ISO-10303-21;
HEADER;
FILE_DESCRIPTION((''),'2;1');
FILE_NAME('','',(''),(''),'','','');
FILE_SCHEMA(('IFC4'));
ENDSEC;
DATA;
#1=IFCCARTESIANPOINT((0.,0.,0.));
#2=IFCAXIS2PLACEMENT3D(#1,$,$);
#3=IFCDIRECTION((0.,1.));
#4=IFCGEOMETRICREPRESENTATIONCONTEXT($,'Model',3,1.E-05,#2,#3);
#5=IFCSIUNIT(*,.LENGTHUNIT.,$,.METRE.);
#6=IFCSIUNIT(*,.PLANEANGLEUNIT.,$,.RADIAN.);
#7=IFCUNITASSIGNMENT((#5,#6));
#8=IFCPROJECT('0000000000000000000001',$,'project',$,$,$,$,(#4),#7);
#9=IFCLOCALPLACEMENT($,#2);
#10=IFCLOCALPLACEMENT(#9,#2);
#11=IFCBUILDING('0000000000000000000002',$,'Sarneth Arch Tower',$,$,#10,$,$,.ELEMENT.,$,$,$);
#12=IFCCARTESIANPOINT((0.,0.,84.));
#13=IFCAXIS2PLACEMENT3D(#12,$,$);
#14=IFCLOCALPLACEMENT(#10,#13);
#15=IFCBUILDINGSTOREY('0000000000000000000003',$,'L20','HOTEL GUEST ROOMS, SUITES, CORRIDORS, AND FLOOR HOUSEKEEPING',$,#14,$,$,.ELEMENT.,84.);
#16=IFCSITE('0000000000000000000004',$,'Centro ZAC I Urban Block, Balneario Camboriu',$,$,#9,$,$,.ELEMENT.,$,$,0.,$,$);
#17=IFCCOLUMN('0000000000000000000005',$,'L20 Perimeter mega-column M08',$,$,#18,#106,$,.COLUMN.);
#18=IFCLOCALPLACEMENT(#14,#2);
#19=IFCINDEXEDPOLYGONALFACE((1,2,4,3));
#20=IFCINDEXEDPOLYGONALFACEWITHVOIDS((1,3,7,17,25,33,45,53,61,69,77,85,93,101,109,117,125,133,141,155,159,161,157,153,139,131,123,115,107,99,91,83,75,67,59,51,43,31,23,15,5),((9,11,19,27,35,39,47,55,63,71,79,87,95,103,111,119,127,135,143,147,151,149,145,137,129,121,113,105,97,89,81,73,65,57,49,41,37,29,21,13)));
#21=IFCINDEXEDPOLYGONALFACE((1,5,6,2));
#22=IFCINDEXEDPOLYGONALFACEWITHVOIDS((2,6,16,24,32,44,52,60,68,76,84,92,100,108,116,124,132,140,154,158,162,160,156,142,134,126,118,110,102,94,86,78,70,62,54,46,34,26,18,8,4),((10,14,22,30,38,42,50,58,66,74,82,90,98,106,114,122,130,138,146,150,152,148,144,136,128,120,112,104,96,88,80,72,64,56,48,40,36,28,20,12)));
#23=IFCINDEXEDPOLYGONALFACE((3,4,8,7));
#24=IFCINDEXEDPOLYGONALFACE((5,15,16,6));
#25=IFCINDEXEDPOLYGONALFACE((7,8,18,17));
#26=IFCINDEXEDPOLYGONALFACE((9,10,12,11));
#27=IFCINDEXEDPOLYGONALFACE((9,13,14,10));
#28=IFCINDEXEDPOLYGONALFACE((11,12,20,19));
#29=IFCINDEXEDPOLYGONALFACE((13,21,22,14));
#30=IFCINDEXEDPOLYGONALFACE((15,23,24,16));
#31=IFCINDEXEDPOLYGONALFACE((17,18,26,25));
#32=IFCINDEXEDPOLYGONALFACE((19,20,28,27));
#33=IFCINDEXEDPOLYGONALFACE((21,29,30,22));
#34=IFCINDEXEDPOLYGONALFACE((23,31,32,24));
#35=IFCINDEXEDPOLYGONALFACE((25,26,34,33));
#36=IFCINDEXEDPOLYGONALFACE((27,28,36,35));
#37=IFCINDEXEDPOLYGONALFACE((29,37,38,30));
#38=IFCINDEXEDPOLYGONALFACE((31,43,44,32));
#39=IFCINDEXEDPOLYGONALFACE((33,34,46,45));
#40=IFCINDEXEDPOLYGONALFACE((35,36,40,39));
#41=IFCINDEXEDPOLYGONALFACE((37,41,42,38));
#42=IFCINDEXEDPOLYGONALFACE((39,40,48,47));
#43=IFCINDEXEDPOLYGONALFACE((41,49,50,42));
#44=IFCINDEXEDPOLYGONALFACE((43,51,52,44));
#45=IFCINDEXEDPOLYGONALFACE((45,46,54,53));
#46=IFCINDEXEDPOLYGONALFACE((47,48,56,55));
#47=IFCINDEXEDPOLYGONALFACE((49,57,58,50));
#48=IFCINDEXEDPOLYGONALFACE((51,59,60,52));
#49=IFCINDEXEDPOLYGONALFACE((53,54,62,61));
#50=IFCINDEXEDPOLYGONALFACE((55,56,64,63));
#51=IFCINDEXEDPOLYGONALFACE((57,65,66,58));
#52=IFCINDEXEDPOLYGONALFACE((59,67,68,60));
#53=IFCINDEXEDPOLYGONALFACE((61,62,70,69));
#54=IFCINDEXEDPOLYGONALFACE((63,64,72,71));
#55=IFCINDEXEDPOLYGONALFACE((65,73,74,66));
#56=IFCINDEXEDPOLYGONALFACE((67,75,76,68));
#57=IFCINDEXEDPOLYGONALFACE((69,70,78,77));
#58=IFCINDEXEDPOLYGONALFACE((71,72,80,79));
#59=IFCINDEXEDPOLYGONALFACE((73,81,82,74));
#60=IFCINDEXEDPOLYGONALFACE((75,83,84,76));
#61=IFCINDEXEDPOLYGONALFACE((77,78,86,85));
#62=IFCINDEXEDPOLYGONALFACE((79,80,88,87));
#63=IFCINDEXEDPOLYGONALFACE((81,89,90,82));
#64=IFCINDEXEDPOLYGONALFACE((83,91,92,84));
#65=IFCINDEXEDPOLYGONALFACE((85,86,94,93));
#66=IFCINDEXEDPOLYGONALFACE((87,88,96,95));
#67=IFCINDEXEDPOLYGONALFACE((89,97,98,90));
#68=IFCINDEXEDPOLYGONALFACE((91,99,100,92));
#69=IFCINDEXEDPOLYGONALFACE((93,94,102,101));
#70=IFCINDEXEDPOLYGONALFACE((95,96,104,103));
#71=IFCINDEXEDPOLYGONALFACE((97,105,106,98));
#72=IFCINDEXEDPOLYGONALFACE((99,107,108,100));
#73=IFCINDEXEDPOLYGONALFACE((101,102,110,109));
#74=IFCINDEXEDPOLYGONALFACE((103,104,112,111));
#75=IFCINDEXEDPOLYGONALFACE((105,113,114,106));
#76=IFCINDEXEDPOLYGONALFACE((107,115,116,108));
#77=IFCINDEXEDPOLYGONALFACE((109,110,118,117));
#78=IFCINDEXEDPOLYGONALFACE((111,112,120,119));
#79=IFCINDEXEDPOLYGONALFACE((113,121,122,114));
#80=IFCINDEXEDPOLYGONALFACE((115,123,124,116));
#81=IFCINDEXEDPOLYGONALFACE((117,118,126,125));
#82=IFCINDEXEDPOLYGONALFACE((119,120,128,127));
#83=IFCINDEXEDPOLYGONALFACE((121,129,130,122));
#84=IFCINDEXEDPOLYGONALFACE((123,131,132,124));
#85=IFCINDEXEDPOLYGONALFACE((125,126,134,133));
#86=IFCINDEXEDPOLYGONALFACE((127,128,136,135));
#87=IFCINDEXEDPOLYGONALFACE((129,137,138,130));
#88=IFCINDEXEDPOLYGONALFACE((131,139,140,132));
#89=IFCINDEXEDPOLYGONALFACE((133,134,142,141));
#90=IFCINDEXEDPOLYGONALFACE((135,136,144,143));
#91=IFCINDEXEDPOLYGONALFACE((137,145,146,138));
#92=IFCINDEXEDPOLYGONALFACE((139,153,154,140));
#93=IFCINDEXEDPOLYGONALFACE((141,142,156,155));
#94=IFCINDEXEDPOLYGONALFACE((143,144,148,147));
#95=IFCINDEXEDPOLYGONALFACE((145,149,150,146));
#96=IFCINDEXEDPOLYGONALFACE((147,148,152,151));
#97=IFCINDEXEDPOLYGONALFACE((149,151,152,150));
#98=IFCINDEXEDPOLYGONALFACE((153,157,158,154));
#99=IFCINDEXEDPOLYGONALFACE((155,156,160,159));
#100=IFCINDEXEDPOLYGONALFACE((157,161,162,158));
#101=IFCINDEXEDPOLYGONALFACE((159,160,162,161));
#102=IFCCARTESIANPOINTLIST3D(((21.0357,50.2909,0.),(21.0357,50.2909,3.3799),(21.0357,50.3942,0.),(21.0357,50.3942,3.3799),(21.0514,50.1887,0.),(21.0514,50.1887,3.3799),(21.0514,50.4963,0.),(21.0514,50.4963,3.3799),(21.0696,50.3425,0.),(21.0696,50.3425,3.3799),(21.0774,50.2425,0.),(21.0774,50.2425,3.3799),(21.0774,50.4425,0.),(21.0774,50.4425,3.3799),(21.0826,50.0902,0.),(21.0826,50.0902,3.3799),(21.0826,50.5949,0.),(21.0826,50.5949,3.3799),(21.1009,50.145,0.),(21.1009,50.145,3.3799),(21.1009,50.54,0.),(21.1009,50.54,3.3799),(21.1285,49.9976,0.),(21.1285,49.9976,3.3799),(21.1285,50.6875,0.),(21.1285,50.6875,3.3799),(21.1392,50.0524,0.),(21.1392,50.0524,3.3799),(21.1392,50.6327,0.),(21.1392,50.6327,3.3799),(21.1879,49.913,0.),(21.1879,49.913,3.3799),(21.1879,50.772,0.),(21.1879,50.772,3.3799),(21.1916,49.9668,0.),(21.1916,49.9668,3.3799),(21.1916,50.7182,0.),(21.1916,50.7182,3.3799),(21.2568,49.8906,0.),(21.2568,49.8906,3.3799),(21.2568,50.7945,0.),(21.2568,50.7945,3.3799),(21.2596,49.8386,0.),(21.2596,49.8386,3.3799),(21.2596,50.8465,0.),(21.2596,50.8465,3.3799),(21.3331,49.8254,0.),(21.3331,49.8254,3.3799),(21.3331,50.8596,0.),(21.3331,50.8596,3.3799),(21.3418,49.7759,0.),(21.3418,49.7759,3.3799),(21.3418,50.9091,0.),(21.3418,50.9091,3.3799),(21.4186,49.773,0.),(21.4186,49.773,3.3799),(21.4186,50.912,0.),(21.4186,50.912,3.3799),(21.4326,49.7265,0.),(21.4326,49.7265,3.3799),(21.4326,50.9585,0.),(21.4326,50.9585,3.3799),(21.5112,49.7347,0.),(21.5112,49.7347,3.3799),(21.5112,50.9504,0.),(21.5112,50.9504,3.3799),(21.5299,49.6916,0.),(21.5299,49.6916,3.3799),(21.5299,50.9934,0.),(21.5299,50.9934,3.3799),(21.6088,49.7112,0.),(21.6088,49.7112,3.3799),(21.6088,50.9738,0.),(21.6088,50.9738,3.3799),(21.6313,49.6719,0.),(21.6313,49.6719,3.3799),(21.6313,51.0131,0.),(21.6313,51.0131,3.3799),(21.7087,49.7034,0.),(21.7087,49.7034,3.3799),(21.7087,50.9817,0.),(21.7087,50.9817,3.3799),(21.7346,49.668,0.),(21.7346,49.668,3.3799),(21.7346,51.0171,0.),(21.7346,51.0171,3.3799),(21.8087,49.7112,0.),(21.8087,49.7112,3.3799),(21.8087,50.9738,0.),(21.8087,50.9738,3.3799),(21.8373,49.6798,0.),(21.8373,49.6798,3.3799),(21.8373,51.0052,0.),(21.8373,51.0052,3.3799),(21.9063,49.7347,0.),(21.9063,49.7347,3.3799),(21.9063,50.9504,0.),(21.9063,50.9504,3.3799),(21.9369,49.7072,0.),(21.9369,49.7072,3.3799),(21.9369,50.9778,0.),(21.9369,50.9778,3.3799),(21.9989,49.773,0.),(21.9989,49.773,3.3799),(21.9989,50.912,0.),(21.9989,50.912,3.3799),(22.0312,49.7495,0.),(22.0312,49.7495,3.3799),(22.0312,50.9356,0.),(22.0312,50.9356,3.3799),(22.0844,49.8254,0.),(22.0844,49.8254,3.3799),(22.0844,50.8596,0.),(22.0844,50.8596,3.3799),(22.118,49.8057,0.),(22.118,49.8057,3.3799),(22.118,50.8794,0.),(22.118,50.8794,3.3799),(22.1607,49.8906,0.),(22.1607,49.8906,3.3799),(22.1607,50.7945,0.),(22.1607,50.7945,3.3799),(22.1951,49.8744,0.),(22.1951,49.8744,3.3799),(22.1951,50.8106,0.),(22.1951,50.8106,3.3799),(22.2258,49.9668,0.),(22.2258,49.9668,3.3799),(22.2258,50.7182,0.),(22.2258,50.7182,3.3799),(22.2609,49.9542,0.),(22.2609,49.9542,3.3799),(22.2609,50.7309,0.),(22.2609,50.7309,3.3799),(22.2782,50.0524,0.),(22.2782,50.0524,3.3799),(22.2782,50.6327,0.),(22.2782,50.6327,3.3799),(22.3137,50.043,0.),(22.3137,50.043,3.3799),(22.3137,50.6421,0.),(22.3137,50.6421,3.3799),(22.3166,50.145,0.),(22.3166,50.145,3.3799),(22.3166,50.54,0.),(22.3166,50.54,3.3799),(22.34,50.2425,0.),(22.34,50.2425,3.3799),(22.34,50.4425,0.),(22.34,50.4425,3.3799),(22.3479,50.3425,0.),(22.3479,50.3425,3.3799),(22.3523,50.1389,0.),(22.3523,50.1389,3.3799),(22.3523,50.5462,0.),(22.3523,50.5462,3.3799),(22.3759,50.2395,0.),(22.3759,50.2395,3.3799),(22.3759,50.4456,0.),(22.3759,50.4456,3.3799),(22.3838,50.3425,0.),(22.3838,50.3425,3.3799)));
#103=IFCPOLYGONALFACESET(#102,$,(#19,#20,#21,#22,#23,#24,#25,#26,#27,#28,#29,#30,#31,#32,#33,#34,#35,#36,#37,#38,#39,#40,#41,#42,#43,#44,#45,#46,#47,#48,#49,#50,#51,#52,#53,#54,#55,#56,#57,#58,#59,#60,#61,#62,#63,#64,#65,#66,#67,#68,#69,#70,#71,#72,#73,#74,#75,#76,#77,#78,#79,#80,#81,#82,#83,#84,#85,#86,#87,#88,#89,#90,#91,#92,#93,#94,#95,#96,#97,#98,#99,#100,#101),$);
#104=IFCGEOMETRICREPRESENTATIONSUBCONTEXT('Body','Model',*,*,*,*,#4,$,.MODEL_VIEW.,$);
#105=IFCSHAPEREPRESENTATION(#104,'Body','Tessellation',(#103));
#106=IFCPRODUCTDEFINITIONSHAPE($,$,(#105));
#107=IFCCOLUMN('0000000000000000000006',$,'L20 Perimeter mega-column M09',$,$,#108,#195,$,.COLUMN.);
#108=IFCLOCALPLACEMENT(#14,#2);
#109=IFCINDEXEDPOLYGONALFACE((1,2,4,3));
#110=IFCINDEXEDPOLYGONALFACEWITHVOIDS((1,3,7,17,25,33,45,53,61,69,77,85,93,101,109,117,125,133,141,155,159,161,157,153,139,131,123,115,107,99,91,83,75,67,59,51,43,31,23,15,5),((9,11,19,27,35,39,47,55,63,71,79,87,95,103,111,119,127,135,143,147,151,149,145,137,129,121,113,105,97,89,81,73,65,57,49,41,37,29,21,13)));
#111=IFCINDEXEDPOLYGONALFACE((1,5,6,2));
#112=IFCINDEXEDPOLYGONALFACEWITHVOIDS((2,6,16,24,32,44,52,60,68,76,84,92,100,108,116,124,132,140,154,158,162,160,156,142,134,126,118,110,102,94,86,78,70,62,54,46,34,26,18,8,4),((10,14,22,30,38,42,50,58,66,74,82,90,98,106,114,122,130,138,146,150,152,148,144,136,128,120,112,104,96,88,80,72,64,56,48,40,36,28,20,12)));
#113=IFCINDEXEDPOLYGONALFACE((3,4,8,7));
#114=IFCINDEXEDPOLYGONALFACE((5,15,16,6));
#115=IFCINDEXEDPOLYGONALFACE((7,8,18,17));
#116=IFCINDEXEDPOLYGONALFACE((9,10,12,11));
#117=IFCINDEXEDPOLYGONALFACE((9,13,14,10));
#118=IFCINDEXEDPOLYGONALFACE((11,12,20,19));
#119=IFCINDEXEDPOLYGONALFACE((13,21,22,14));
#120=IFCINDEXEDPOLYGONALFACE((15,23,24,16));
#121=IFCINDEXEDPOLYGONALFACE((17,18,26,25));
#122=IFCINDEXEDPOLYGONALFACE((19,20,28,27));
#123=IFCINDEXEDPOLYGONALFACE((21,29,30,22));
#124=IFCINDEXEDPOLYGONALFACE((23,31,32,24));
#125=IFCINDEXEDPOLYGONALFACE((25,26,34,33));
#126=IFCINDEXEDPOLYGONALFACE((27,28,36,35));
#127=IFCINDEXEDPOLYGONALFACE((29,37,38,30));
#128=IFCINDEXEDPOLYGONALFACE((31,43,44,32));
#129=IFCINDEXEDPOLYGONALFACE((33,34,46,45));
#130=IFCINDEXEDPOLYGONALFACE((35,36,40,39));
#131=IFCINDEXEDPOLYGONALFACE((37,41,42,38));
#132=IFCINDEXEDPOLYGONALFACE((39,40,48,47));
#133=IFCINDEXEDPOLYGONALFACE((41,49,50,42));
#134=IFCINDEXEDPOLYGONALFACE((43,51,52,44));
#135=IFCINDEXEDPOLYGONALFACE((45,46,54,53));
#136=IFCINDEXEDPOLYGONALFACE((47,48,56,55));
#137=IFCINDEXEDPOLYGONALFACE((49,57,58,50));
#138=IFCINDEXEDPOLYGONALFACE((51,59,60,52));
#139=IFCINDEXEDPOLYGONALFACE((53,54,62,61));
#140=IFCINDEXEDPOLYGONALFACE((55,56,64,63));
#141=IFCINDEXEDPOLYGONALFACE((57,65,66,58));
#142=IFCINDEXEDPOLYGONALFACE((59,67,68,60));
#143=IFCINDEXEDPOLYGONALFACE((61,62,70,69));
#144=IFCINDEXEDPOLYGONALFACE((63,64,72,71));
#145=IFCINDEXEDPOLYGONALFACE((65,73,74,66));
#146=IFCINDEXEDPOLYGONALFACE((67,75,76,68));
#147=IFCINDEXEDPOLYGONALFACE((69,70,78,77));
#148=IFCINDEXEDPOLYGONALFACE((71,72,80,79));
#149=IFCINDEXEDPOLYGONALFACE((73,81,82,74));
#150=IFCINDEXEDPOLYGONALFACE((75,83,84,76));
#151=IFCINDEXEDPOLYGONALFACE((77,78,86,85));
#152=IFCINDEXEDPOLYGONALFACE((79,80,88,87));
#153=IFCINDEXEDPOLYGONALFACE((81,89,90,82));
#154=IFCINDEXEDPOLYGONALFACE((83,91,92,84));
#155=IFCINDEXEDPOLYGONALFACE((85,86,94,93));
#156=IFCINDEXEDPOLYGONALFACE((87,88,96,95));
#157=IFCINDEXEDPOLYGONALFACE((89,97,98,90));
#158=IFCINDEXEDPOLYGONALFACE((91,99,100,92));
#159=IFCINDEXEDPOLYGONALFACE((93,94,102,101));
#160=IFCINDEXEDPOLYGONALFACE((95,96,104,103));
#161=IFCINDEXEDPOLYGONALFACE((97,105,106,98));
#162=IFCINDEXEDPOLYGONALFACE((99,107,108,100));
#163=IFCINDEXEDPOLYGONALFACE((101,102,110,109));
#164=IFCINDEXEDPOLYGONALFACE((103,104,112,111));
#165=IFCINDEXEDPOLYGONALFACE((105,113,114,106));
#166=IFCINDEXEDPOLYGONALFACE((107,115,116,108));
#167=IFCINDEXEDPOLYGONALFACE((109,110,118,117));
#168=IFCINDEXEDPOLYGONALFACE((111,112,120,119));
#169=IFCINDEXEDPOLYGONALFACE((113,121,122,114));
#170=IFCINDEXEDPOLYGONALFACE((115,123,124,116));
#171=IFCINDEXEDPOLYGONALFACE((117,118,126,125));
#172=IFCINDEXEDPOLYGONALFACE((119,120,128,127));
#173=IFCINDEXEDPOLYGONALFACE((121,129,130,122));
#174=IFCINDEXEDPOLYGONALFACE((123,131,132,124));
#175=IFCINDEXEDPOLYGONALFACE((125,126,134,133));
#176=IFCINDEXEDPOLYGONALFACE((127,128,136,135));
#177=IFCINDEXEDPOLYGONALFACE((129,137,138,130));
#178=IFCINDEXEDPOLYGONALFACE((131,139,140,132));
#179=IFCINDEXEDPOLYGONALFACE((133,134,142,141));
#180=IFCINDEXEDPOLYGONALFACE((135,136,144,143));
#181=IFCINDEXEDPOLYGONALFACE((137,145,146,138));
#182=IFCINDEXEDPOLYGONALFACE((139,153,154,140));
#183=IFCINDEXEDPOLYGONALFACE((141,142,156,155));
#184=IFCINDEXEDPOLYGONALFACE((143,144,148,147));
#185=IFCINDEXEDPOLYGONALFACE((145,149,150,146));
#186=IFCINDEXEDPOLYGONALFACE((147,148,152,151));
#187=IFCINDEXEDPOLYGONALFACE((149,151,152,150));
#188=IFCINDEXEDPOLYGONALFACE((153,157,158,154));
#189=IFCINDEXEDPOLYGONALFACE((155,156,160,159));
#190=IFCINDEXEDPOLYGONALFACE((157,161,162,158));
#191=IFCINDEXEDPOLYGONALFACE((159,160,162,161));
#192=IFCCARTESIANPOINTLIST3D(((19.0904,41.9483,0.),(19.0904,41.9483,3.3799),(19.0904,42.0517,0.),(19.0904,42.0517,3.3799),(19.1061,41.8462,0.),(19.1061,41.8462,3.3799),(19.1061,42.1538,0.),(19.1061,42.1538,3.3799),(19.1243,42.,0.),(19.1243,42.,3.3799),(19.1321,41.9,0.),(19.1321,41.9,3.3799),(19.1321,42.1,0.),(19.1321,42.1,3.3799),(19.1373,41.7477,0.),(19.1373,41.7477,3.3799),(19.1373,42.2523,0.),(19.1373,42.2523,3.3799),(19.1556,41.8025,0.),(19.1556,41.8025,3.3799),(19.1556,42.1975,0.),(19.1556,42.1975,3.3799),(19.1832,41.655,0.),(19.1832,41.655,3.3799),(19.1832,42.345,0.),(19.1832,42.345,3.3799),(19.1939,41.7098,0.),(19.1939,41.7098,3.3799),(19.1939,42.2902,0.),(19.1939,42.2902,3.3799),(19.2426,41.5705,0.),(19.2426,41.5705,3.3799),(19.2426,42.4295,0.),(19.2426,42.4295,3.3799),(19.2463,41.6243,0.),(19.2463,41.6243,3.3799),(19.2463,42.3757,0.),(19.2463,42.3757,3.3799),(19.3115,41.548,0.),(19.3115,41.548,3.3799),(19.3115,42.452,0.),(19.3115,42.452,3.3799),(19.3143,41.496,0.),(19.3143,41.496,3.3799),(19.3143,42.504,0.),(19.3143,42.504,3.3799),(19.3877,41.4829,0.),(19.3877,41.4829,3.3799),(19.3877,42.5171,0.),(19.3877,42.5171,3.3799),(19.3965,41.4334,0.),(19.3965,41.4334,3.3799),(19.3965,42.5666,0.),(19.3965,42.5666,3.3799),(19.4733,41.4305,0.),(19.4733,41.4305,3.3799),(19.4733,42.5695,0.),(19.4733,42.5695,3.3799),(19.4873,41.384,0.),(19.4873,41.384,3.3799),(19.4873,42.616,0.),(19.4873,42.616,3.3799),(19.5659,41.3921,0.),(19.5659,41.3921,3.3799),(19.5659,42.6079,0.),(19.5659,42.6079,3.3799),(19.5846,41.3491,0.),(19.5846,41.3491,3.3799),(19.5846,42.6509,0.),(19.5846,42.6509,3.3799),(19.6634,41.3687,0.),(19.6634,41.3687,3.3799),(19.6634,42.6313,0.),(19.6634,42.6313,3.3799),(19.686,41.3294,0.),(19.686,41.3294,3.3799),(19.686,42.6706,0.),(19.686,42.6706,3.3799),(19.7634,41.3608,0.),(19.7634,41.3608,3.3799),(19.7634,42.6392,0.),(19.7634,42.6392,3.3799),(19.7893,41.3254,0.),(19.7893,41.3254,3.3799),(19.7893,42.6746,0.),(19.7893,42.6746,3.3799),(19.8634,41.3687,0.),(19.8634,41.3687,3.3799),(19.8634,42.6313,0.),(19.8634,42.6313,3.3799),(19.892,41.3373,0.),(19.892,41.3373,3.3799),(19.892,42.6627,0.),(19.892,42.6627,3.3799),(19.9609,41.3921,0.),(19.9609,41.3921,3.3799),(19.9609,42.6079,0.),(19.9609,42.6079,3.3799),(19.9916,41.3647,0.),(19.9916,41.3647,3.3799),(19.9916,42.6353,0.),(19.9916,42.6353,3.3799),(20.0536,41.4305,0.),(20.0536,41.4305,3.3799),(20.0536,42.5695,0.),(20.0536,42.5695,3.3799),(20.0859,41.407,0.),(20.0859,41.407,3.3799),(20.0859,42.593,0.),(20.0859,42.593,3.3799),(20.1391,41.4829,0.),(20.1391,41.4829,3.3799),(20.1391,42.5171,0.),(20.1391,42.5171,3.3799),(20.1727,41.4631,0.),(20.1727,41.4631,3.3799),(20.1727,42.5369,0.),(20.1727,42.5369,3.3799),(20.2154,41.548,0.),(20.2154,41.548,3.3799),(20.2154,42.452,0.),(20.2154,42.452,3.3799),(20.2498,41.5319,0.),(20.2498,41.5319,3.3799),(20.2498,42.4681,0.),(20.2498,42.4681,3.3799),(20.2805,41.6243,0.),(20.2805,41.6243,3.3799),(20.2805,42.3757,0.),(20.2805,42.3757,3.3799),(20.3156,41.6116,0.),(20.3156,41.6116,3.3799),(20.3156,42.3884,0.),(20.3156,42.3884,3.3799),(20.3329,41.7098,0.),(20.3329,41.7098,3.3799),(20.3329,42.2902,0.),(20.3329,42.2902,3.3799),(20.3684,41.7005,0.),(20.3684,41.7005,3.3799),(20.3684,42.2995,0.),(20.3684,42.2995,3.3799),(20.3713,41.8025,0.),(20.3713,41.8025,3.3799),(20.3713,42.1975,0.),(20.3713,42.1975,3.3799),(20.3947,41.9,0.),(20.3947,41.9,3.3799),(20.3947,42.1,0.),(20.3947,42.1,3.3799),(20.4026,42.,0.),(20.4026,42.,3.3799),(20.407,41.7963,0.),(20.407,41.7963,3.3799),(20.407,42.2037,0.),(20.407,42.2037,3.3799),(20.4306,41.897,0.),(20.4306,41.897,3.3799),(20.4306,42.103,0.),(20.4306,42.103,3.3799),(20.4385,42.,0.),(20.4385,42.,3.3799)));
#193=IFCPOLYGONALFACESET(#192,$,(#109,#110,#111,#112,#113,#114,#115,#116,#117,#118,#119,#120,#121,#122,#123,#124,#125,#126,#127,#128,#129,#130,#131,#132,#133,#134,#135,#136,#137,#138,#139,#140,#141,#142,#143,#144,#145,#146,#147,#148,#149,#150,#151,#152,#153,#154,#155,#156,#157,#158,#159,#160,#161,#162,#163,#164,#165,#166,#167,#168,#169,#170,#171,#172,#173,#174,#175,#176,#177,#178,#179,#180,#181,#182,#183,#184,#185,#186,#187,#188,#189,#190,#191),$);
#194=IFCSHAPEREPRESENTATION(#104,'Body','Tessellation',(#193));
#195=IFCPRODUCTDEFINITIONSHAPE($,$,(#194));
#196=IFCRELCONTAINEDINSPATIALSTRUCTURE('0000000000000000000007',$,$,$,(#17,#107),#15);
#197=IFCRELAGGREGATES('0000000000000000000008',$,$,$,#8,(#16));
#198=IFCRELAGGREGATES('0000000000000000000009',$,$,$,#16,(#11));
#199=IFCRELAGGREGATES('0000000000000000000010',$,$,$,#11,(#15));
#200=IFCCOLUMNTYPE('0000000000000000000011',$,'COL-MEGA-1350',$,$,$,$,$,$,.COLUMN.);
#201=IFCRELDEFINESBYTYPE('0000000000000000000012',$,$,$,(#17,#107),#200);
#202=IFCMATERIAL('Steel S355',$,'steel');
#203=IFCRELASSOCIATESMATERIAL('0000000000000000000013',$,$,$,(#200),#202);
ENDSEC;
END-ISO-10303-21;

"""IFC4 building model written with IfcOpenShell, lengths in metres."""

from ifc_helpers import new_model, si_unit, direction, frame, origin, origin_2d, place, context, subcontext, project, spatial, hollow_circle, extrude, material, material_profile, profile_set, type_object, element, save


model = new_model("IFC4")

# Units and contexts
model_context = context("Model", 3, precision=1e-05, world=origin(), true_north=direction((0.0, 1.0)))
body_context = subcontext(model_context, "Body", "Model", "MODEL_VIEW")
ifc_project = project(units=[si_unit("LENGTHUNIT", "METRE"), si_unit("PLANEANGLEUNIT", "RADIAN")], contexts=[model_context])

# Site, building, storey
site_placement = place(None, origin())
site = spatial("IfcSite", under=ifc_project, at=site_placement, Name="Centro ZAC I Urban Block, Balneario Camboriu", CompositionType="ELEMENT", RefElevation=0.0)
building_placement = place(site_placement, origin())
building = spatial("IfcBuilding", under=site, at=building_placement, Name="Sarneth Arch Tower", CompositionType="ELEMENT")
storey_placement = place(building_placement, frame((0.0, 0.0, 84.0)))
storey = spatial("IfcBuildingStorey", under=building, at=storey_placement, Name="L20", Description="HOTEL GUEST ROOMS, SUITES, CORRIDORS, AND FLOOR HOUSEKEEPING", CompositionType="ELEMENT", Elevation=84.0)

# Columns
ifc_material_1 = material(Name="Steel S355", Category="steel")
ifc_material_profile_1 = material_profile(ifc_material_1, hollow_circle(Radius=0.675, WallThickness=0.0359, at=origin_2d()), Name="CHS1350x36")
ifc_profile_set_1 = profile_set([ifc_material_profile_1], Name="Steel S355")
column_type = type_object("IfcColumnType", Name="COL-MEGA-1350", PredefinedType="COLUMN", material=ifc_profile_set_1)
for number, where, z_axis, x_axis, name in (
    (1, (21.7087, 50.3425, 0.0), (0.0, 0.0, 1.0), (1.0, 0.0, 0.0), "L20 Perimeter mega-column M08"),
    (2, (19.7634, 42.0, 0.0), (0.0, 0.0, 1.0), (1.0, 0.0, 0.0), "L20 Perimeter mega-column M09"),
):
    element("IfcColumn", number, at=place(storey_placement, frame(where, z_axis=z_axis, x_axis=x_axis)), inside=storey, type_object=column_type, Name=name, PredefinedType="COLUMN", context=body_context, shape_type="SweptSolid", body=[
        extrude(hollow_circle(Radius=0.675, WallThickness=0.0359, at=origin_2d()), origin(), (0.0, 0.0, 1.0), 3.3799),
    ])

save(model, "model.ifc")
